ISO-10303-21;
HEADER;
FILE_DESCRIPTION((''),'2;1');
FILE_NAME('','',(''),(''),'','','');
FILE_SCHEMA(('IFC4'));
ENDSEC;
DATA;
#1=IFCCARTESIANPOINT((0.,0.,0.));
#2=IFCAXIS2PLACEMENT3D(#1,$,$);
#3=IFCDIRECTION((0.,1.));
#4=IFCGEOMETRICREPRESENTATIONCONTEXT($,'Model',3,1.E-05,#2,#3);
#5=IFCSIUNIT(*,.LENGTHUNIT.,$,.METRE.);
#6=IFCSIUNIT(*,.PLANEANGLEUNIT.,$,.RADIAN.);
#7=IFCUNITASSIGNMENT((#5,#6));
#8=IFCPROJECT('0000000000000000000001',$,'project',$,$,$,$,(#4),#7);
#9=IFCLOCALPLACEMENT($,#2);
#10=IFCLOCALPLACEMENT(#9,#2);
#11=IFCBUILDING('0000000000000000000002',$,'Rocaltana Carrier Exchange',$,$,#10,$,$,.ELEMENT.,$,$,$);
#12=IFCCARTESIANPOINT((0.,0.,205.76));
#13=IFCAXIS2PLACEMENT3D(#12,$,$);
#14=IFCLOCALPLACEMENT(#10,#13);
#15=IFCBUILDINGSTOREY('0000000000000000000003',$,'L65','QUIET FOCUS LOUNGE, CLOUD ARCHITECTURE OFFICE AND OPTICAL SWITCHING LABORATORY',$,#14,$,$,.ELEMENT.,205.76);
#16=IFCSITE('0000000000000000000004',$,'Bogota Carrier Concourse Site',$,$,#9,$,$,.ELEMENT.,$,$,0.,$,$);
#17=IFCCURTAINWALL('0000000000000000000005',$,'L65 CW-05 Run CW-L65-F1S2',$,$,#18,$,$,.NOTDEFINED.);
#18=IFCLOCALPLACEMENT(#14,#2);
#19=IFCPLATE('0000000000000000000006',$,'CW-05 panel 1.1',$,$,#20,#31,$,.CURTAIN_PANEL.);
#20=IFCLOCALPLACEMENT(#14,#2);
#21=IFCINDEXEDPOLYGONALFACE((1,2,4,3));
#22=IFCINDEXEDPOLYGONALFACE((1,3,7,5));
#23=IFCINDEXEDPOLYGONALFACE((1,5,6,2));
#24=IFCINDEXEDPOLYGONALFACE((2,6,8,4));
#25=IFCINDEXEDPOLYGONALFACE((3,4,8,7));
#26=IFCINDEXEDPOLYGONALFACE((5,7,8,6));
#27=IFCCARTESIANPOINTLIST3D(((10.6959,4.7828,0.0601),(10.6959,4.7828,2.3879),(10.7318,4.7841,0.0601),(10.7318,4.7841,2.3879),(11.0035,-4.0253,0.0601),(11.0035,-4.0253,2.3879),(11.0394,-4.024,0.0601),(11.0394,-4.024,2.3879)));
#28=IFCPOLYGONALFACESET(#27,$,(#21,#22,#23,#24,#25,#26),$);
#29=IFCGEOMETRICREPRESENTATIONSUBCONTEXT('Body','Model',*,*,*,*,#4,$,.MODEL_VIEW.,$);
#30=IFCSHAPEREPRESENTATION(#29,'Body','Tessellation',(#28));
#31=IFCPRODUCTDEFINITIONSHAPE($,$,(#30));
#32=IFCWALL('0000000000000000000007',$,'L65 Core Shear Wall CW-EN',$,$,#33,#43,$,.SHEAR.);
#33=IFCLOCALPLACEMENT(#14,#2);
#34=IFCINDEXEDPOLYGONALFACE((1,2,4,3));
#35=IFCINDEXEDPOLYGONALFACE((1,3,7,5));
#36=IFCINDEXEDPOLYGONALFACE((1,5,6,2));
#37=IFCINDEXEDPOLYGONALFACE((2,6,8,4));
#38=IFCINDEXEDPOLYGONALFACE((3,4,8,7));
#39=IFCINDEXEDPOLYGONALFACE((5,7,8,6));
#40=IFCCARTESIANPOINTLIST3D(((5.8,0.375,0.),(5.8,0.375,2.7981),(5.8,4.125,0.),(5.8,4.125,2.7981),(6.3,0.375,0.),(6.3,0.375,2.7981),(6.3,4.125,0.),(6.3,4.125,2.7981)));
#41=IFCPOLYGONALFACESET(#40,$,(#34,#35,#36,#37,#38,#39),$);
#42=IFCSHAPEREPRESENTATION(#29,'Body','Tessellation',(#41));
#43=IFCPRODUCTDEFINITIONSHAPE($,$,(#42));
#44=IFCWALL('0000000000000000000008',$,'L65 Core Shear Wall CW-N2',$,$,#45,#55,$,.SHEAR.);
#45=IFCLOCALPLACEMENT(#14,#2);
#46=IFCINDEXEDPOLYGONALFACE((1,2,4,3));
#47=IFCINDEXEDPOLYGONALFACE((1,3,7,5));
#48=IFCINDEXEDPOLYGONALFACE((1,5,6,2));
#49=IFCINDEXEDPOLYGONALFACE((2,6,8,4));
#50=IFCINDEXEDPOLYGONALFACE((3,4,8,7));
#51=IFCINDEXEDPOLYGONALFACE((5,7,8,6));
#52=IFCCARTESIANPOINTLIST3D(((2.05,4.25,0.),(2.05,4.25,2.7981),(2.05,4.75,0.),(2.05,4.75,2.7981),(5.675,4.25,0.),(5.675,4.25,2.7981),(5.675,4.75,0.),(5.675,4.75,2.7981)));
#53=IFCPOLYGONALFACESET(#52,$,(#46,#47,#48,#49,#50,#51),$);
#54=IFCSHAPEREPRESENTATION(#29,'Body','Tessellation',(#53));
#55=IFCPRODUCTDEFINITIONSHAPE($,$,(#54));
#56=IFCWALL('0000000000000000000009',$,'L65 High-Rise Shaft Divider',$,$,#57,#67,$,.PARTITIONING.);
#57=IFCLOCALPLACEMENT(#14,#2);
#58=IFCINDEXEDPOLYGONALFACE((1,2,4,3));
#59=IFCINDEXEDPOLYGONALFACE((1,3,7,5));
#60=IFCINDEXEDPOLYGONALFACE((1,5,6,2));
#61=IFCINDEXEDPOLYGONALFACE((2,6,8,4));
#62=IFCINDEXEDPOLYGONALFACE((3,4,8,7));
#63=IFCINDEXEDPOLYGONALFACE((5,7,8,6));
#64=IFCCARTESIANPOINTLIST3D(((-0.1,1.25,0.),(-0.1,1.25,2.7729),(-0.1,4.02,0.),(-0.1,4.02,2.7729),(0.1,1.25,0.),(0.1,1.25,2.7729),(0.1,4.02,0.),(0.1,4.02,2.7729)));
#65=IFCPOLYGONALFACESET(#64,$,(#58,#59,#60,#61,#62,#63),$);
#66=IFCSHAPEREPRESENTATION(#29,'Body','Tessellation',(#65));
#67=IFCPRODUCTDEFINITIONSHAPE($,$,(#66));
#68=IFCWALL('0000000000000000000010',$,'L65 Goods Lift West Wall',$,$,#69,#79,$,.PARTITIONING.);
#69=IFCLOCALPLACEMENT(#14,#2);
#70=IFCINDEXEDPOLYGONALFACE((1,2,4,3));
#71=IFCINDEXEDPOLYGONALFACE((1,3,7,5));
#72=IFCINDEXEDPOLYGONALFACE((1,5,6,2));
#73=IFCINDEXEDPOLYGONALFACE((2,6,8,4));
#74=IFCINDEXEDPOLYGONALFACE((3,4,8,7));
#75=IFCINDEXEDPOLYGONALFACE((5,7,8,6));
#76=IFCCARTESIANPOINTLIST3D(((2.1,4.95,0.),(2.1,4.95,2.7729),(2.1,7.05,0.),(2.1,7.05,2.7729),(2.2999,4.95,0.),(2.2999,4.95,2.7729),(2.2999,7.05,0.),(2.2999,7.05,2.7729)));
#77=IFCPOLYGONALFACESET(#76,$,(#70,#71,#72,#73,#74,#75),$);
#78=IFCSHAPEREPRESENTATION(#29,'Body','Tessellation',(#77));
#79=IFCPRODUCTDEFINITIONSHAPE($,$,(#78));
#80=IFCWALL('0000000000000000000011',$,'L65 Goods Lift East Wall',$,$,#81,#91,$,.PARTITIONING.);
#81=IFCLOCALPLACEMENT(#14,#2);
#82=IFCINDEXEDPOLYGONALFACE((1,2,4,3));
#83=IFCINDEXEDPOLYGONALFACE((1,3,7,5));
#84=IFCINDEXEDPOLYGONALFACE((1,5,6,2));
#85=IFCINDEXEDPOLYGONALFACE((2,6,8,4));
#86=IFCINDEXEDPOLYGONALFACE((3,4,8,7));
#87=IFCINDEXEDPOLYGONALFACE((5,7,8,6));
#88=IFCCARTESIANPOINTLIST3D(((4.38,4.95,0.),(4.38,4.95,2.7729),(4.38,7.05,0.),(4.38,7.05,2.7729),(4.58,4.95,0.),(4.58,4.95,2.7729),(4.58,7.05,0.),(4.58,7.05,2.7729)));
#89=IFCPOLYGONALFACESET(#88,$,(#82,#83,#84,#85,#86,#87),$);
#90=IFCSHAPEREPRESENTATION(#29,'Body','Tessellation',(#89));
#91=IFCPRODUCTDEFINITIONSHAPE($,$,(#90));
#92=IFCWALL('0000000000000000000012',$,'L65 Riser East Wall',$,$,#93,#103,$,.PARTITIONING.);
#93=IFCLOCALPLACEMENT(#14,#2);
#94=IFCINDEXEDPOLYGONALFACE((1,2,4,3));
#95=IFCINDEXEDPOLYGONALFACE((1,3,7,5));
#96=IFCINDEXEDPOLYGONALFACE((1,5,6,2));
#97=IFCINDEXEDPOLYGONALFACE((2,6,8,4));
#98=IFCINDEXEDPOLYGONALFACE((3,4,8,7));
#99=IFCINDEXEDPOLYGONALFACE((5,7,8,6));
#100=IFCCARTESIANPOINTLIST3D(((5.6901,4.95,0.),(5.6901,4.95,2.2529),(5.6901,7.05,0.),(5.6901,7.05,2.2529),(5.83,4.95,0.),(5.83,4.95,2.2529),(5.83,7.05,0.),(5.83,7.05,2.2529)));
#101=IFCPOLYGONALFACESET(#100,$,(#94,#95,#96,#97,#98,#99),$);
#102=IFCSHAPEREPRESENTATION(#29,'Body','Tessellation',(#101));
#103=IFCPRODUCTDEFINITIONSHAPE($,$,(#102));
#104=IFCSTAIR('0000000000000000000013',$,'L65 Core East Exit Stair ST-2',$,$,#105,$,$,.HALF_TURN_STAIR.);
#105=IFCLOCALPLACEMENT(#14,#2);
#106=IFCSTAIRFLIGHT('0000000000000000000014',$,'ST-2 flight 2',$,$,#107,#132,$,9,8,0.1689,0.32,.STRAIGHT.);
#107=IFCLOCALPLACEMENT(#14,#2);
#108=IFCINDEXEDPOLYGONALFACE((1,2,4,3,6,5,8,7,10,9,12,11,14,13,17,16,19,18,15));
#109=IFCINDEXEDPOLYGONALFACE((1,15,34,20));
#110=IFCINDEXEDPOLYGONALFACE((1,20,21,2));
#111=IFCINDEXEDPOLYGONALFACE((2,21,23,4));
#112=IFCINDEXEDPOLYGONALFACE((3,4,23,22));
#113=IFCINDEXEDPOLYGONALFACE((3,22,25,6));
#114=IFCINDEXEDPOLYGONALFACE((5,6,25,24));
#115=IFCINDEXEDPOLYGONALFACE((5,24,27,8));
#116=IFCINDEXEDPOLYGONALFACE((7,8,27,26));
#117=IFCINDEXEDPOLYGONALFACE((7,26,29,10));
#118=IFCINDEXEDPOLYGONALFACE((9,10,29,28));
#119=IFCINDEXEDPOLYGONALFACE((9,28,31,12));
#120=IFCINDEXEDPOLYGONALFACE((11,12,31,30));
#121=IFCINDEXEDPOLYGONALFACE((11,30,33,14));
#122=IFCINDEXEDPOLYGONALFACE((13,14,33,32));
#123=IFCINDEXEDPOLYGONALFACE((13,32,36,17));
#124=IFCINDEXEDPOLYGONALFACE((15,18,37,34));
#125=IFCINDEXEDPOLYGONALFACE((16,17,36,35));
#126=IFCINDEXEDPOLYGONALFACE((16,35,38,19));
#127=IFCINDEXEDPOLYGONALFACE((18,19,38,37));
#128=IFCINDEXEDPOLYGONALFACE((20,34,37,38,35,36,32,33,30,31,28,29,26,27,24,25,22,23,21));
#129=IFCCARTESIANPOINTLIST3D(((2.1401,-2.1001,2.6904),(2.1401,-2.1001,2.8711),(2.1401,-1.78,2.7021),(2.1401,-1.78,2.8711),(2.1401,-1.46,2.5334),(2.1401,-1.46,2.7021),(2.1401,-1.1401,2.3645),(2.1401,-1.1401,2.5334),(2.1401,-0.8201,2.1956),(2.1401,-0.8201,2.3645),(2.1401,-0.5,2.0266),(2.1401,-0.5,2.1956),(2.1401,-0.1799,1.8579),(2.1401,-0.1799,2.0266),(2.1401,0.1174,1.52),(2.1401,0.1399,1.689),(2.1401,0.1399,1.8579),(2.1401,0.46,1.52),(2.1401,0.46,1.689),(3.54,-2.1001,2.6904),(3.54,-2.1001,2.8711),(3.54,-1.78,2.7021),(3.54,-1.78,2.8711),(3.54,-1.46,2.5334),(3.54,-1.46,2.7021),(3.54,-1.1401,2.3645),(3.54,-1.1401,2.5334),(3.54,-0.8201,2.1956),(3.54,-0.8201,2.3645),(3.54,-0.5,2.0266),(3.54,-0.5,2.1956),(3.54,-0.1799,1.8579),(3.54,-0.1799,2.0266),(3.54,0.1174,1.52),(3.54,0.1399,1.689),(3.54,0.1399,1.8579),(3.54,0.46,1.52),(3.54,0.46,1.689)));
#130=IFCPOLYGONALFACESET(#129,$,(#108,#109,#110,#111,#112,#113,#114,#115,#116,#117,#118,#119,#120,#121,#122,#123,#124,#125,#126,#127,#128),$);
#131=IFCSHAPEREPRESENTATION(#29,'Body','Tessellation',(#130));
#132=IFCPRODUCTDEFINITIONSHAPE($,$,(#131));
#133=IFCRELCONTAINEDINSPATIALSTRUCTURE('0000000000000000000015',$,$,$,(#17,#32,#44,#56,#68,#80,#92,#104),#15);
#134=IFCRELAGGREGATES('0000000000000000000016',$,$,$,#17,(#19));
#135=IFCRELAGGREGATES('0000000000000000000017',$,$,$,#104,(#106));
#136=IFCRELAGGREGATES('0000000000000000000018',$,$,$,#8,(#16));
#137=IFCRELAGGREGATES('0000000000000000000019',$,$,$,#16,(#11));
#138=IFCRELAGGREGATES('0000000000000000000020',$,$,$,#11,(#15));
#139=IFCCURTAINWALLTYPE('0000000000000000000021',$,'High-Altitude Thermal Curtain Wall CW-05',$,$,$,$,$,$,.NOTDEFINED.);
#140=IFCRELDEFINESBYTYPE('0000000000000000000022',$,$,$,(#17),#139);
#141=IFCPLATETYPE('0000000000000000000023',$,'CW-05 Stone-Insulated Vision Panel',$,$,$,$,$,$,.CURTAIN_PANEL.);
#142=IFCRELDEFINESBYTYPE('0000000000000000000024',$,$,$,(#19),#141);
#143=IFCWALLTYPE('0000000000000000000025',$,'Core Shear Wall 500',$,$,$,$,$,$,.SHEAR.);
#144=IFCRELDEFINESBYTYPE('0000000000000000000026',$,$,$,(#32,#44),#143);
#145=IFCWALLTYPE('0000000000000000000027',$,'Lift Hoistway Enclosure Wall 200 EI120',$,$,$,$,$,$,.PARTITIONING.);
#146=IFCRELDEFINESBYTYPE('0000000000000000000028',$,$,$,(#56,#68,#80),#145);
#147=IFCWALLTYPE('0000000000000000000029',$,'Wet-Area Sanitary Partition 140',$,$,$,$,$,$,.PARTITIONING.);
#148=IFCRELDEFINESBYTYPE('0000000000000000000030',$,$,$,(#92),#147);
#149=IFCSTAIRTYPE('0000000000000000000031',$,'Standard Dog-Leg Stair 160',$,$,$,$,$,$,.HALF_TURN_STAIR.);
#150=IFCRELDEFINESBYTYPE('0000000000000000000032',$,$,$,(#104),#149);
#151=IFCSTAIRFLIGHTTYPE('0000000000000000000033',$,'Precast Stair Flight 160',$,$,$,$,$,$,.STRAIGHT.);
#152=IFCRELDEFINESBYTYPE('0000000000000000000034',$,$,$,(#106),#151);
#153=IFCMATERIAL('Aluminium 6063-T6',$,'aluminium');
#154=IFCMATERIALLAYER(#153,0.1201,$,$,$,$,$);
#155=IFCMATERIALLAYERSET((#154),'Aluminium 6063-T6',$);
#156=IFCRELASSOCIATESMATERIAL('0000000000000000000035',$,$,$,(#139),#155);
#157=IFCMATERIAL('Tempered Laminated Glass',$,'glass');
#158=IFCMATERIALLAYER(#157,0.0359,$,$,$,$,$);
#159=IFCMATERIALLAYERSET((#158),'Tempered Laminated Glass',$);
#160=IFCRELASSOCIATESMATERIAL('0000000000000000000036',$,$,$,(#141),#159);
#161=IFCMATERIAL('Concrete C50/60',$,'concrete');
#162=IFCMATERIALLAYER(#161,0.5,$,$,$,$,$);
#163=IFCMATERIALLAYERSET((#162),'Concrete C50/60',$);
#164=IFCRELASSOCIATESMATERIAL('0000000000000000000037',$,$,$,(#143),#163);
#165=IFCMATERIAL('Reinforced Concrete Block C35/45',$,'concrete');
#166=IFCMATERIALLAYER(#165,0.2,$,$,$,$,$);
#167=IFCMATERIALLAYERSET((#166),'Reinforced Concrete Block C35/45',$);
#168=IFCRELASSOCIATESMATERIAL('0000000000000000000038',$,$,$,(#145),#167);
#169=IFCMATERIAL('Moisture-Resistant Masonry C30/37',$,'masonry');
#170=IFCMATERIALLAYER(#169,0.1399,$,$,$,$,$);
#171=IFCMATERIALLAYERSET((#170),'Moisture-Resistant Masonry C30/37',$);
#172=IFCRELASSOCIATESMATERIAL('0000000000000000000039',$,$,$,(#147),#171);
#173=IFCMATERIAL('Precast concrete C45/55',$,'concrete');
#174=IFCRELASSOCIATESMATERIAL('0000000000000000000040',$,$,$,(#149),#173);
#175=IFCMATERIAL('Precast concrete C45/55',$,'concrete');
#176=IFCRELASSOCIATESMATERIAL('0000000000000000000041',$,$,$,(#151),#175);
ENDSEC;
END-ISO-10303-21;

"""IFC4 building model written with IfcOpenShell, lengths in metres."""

from ifc_helpers import new_model, si_unit, direction, frame, frame_2d, origin, origin_2d, place, context, subcontext, project, spatial, polyline, rectangle, outline, extrude, material, layer, layer_set, type_object, element, aggregate, save


model = new_model("IFC4")

# Units and contexts
model_context = context("Model", 3, precision=1e-05, world=origin(), true_north=direction((0.0, 1.0)))
body_context = subcontext(model_context, "Body", "Model", "MODEL_VIEW")
ifc_project = project(units=[si_unit("LENGTHUNIT", "METRE"), si_unit("PLANEANGLEUNIT", "RADIAN")], contexts=[model_context])

# Site, building, storey
site_placement = place(None, origin())
site = spatial("IfcSite", under=ifc_project, at=site_placement, Name="Bogota Carrier Concourse Site", CompositionType="ELEMENT", RefElevation=0.0)
building_placement = place(site_placement, origin())
building = spatial("IfcBuilding", under=site, at=building_placement, Name="Rocaltana Carrier Exchange", CompositionType="ELEMENT")
storey_placement = place(building_placement, frame((0.0, 0.0, 205.76)))
storey = spatial("IfcBuildingStorey", under=building, at=storey_placement, Name="L65", Description="QUIET FOCUS LOUNGE, CLOUD ARCHITECTURE OFFICE AND OPTICAL SWITCHING LABORATORY", CompositionType="ELEMENT", Elevation=205.76)

# Curtain wall
ifc_material_1 = material(Name="Aluminium 6063-T6", Category="aluminium")
ifc_layer_1 = layer(ifc_material_1, 0.1201)
ifc_layer_set_1 = layer_set([ifc_layer_1], Name="Aluminium 6063-T6")
curtain_wall_type = type_object("IfcCurtainWallType", Name="High-Altitude Thermal Curtain Wall CW-05", PredefinedType="NOTDEFINED", material=ifc_layer_set_1)
curtain_wall_placement = place(storey_placement, origin())
curtain_wall = element("IfcCurtainWall", 1, at=curtain_wall_placement, inside=storey, type_object=curtain_wall_type, Name="L65 CW-05 Run CW-L65-F1S2", PredefinedType="NOTDEFINED")

# Plate
ifc_material_2 = material(Name="Tempered Laminated Glass", Category="glass")
ifc_layer_2 = layer(ifc_material_2, 0.0359)
ifc_layer_set_2 = layer_set([ifc_layer_2], Name="Tempered Laminated Glass")
plate_type = type_object("IfcPlateType", Name="CW-05 Stone-Insulated Vision Panel", PredefinedType="CURTAIN_PANEL", material=ifc_layer_set_2)
plate_placement = place(storey_placement, frame((10.8677, 0.3794, 0.0601), z_axis=(0.0, 0.0, 1.0), x_axis=(-0.034903, 0.999391, 0.0)))
plate = element("IfcPlate", 2, at=plate_placement, type_object=plate_type, Name="CW-05 panel 1.1", PredefinedType="CURTAIN_PANEL", context=body_context, shape_type="SweptSolid", body=[
    extrude(rectangle(XDim=8.8135, YDim=0.0359, at=origin_2d()), origin(), (0.0, 0.0, 1.0), 2.3279),
])
aggregate(curtain_wall, [plate])

# Walls
ifc_material_3 = material(Name="Concrete C50/60", Category="concrete")
ifc_layer_3 = layer(ifc_material_3, 0.5)
ifc_layer_set_3 = layer_set([ifc_layer_3], Name="Concrete C50/60")
wall_type_1 = type_object("IfcWallType", Name="Core Shear Wall 500", PredefinedType="SHEAR", material=ifc_layer_set_3)
wall_1_placement = place(storey_placement, frame((6.05, 0.375, 0.0), z_axis=(0.0, 0.0, 1.0), x_axis=(0.0, 1.0, 0.0)))
element("IfcWall", 3, at=wall_1_placement, inside=storey, type_object=wall_type_1, Name="L65 Core Shear Wall CW-EN", PredefinedType="SHEAR", context=body_context, shape_type="SweptSolid", body=[
    extrude(rectangle(XDim=3.75, YDim=0.5, at=frame_2d((1.875, 0.0))), origin(), (0.0, 0.0, 1.0), 2.7981),
])
wall_2_placement = place(storey_placement, frame((2.05, 4.5, 0.0), z_axis=(0.0, 0.0, 1.0), x_axis=(1.0, 0.0, 0.0)))
element("IfcWall", 4, at=wall_2_placement, inside=storey, type_object=wall_type_1, Name="L65 Core Shear Wall CW-N2", PredefinedType="SHEAR", context=body_context, shape_type="SweptSolid", body=[
    extrude(rectangle(XDim=3.625, YDim=0.5, at=frame_2d((1.8125, 0.0))), origin(), (0.0, 0.0, 1.0), 2.7981),
])
ifc_material_4 = material(Name="Reinforced Concrete Block C35/45", Category="concrete")
ifc_layer_4 = layer(ifc_material_4, 0.2)
ifc_layer_set_4 = layer_set([ifc_layer_4], Name="Reinforced Concrete Block C35/45")
wall_type_2 = type_object("IfcWallType", Name="Lift Hoistway Enclosure Wall 200 EI120", PredefinedType="PARTITIONING", material=ifc_layer_set_4)
wall_3_placement = place(storey_placement, frame((0.0, 1.25, 0.0), z_axis=(0.0, 0.0, 1.0), x_axis=(0.0, 1.0, 0.0)))
element("IfcWall", 5, at=wall_3_placement, inside=storey, type_object=wall_type_2, Name="L65 High-Rise Shaft Divider", PredefinedType="PARTITIONING", context=body_context, shape_type="SweptSolid", body=[
    extrude(rectangle(XDim=2.77, YDim=0.2, at=frame_2d((1.385, 0.0))), origin(), (0.0, 0.0, 1.0), 2.7729),
])
for number, where, z_axis, x_axis, name in (
    (6, (2.2, 4.95, 0.0), (0.0, 0.0, 1.0), (0.0, 1.0, 0.0), "L65 Goods Lift West Wall"),
    (7, (4.48, 4.95, 0.0), (0.0, 0.0, 1.0), (0.0, 1.0, 0.0), "L65 Goods Lift East Wall"),
):
    element("IfcWall", number, at=place(storey_placement, frame(where, z_axis=z_axis, x_axis=x_axis)), inside=storey, type_object=wall_type_2, Name=name, PredefinedType="PARTITIONING", context=body_context, shape_type="SweptSolid", body=[
        extrude(rectangle(XDim=2.1001, YDim=0.2, at=frame_2d((1.05, 0.0))), origin(), (0.0, 0.0, 1.0), 2.7729),
    ])
ifc_material_5 = material(Name="Moisture-Resistant Masonry C30/37", Category="masonry")
ifc_layer_5 = layer(ifc_material_5, 0.1399)
ifc_layer_set_5 = layer_set([ifc_layer_5], Name="Moisture-Resistant Masonry C30/37")
wall_type_3 = type_object("IfcWallType", Name="Wet-Area Sanitary Partition 140", PredefinedType="PARTITIONING", material=ifc_layer_set_5)
wall_4_placement = place(storey_placement, frame((5.76, 4.95, 0.0), z_axis=(0.0, 0.0, 1.0), x_axis=(0.0, 1.0, 0.0)))
element("IfcWall", 8, at=wall_4_placement, inside=storey, type_object=wall_type_3, Name="L65 Riser East Wall", PredefinedType="PARTITIONING", context=body_context, shape_type="SweptSolid", body=[
    extrude(rectangle(XDim=2.1001, YDim=0.1399, at=frame_2d((1.05, 0.0))), origin(), (0.0, 0.0, 1.0), 2.2529),
])

# Stair, stair flight
ifc_material_6 = material(Name="Precast concrete C45/55", Category="concrete")
stair_type = type_object("IfcStairType", Name="Standard Dog-Leg Stair 160", PredefinedType="HALF_TURN_STAIR", material=ifc_material_6)
stair_placement = place(storey_placement, origin())
stair = element("IfcStair", 9, at=stair_placement, inside=storey, type_object=stair_type, Name="L65 Core East Exit Stair ST-2", PredefinedType="HALF_TURN_STAIR")
ifc_material_7 = material(Name="Precast concrete C45/55", Category="concrete")
stair_flight_type = type_object("IfcStairFlightType", Name="Precast Stair Flight 160", PredefinedType="STRAIGHT", material=ifc_material_7)
stair_flight_placement = place(storey_placement, frame((2.8401, 0.46, 1.52), z_axis=(0.0, 0.0, 1.0), x_axis=(0.0, -1.0, 0.0)))
stair_flight = element("IfcStairFlight", 10, at=stair_flight_placement, type_object=stair_flight_type, Name="ST-2 flight 2", NumberOfRisers=9, NumberOfTreads=8, PredefinedType="STRAIGHT", RiserHeight=0.1689, TreadLength=0.32, context=body_context, shape_type="SweptSolid", body=[
    extrude(outline(polyline([(0.0, 0.0), (0.0, 0.1689), (0.3201, 0.1689), (0.3201, 0.3379), (0.6399, 0.3379), (0.6399, 0.5066), (0.96, 0.5066), (0.96, 0.6755), (1.28, 0.6755), (1.28, 0.8445), (1.6001, 0.8445), (1.6001, 1.0134), (1.9199, 1.0134), (1.9199, 1.1821), (2.24, 1.1821), (2.24, 1.3511), (2.5601, 1.3511), (2.5601, 1.52), (2.5601, 1.1704), (0.3425, 0.0), (0.0, 0.0)])), frame((0.0, 0.7, 0.0), z_axis=(0.0, -1.0, 0.0), x_axis=(1.0, 0.0, 0.0)), (0.0, 0.0, 1.0), 1.3999),
])
aggregate(stair, [stair_flight])

save(model, "model.ifc")
